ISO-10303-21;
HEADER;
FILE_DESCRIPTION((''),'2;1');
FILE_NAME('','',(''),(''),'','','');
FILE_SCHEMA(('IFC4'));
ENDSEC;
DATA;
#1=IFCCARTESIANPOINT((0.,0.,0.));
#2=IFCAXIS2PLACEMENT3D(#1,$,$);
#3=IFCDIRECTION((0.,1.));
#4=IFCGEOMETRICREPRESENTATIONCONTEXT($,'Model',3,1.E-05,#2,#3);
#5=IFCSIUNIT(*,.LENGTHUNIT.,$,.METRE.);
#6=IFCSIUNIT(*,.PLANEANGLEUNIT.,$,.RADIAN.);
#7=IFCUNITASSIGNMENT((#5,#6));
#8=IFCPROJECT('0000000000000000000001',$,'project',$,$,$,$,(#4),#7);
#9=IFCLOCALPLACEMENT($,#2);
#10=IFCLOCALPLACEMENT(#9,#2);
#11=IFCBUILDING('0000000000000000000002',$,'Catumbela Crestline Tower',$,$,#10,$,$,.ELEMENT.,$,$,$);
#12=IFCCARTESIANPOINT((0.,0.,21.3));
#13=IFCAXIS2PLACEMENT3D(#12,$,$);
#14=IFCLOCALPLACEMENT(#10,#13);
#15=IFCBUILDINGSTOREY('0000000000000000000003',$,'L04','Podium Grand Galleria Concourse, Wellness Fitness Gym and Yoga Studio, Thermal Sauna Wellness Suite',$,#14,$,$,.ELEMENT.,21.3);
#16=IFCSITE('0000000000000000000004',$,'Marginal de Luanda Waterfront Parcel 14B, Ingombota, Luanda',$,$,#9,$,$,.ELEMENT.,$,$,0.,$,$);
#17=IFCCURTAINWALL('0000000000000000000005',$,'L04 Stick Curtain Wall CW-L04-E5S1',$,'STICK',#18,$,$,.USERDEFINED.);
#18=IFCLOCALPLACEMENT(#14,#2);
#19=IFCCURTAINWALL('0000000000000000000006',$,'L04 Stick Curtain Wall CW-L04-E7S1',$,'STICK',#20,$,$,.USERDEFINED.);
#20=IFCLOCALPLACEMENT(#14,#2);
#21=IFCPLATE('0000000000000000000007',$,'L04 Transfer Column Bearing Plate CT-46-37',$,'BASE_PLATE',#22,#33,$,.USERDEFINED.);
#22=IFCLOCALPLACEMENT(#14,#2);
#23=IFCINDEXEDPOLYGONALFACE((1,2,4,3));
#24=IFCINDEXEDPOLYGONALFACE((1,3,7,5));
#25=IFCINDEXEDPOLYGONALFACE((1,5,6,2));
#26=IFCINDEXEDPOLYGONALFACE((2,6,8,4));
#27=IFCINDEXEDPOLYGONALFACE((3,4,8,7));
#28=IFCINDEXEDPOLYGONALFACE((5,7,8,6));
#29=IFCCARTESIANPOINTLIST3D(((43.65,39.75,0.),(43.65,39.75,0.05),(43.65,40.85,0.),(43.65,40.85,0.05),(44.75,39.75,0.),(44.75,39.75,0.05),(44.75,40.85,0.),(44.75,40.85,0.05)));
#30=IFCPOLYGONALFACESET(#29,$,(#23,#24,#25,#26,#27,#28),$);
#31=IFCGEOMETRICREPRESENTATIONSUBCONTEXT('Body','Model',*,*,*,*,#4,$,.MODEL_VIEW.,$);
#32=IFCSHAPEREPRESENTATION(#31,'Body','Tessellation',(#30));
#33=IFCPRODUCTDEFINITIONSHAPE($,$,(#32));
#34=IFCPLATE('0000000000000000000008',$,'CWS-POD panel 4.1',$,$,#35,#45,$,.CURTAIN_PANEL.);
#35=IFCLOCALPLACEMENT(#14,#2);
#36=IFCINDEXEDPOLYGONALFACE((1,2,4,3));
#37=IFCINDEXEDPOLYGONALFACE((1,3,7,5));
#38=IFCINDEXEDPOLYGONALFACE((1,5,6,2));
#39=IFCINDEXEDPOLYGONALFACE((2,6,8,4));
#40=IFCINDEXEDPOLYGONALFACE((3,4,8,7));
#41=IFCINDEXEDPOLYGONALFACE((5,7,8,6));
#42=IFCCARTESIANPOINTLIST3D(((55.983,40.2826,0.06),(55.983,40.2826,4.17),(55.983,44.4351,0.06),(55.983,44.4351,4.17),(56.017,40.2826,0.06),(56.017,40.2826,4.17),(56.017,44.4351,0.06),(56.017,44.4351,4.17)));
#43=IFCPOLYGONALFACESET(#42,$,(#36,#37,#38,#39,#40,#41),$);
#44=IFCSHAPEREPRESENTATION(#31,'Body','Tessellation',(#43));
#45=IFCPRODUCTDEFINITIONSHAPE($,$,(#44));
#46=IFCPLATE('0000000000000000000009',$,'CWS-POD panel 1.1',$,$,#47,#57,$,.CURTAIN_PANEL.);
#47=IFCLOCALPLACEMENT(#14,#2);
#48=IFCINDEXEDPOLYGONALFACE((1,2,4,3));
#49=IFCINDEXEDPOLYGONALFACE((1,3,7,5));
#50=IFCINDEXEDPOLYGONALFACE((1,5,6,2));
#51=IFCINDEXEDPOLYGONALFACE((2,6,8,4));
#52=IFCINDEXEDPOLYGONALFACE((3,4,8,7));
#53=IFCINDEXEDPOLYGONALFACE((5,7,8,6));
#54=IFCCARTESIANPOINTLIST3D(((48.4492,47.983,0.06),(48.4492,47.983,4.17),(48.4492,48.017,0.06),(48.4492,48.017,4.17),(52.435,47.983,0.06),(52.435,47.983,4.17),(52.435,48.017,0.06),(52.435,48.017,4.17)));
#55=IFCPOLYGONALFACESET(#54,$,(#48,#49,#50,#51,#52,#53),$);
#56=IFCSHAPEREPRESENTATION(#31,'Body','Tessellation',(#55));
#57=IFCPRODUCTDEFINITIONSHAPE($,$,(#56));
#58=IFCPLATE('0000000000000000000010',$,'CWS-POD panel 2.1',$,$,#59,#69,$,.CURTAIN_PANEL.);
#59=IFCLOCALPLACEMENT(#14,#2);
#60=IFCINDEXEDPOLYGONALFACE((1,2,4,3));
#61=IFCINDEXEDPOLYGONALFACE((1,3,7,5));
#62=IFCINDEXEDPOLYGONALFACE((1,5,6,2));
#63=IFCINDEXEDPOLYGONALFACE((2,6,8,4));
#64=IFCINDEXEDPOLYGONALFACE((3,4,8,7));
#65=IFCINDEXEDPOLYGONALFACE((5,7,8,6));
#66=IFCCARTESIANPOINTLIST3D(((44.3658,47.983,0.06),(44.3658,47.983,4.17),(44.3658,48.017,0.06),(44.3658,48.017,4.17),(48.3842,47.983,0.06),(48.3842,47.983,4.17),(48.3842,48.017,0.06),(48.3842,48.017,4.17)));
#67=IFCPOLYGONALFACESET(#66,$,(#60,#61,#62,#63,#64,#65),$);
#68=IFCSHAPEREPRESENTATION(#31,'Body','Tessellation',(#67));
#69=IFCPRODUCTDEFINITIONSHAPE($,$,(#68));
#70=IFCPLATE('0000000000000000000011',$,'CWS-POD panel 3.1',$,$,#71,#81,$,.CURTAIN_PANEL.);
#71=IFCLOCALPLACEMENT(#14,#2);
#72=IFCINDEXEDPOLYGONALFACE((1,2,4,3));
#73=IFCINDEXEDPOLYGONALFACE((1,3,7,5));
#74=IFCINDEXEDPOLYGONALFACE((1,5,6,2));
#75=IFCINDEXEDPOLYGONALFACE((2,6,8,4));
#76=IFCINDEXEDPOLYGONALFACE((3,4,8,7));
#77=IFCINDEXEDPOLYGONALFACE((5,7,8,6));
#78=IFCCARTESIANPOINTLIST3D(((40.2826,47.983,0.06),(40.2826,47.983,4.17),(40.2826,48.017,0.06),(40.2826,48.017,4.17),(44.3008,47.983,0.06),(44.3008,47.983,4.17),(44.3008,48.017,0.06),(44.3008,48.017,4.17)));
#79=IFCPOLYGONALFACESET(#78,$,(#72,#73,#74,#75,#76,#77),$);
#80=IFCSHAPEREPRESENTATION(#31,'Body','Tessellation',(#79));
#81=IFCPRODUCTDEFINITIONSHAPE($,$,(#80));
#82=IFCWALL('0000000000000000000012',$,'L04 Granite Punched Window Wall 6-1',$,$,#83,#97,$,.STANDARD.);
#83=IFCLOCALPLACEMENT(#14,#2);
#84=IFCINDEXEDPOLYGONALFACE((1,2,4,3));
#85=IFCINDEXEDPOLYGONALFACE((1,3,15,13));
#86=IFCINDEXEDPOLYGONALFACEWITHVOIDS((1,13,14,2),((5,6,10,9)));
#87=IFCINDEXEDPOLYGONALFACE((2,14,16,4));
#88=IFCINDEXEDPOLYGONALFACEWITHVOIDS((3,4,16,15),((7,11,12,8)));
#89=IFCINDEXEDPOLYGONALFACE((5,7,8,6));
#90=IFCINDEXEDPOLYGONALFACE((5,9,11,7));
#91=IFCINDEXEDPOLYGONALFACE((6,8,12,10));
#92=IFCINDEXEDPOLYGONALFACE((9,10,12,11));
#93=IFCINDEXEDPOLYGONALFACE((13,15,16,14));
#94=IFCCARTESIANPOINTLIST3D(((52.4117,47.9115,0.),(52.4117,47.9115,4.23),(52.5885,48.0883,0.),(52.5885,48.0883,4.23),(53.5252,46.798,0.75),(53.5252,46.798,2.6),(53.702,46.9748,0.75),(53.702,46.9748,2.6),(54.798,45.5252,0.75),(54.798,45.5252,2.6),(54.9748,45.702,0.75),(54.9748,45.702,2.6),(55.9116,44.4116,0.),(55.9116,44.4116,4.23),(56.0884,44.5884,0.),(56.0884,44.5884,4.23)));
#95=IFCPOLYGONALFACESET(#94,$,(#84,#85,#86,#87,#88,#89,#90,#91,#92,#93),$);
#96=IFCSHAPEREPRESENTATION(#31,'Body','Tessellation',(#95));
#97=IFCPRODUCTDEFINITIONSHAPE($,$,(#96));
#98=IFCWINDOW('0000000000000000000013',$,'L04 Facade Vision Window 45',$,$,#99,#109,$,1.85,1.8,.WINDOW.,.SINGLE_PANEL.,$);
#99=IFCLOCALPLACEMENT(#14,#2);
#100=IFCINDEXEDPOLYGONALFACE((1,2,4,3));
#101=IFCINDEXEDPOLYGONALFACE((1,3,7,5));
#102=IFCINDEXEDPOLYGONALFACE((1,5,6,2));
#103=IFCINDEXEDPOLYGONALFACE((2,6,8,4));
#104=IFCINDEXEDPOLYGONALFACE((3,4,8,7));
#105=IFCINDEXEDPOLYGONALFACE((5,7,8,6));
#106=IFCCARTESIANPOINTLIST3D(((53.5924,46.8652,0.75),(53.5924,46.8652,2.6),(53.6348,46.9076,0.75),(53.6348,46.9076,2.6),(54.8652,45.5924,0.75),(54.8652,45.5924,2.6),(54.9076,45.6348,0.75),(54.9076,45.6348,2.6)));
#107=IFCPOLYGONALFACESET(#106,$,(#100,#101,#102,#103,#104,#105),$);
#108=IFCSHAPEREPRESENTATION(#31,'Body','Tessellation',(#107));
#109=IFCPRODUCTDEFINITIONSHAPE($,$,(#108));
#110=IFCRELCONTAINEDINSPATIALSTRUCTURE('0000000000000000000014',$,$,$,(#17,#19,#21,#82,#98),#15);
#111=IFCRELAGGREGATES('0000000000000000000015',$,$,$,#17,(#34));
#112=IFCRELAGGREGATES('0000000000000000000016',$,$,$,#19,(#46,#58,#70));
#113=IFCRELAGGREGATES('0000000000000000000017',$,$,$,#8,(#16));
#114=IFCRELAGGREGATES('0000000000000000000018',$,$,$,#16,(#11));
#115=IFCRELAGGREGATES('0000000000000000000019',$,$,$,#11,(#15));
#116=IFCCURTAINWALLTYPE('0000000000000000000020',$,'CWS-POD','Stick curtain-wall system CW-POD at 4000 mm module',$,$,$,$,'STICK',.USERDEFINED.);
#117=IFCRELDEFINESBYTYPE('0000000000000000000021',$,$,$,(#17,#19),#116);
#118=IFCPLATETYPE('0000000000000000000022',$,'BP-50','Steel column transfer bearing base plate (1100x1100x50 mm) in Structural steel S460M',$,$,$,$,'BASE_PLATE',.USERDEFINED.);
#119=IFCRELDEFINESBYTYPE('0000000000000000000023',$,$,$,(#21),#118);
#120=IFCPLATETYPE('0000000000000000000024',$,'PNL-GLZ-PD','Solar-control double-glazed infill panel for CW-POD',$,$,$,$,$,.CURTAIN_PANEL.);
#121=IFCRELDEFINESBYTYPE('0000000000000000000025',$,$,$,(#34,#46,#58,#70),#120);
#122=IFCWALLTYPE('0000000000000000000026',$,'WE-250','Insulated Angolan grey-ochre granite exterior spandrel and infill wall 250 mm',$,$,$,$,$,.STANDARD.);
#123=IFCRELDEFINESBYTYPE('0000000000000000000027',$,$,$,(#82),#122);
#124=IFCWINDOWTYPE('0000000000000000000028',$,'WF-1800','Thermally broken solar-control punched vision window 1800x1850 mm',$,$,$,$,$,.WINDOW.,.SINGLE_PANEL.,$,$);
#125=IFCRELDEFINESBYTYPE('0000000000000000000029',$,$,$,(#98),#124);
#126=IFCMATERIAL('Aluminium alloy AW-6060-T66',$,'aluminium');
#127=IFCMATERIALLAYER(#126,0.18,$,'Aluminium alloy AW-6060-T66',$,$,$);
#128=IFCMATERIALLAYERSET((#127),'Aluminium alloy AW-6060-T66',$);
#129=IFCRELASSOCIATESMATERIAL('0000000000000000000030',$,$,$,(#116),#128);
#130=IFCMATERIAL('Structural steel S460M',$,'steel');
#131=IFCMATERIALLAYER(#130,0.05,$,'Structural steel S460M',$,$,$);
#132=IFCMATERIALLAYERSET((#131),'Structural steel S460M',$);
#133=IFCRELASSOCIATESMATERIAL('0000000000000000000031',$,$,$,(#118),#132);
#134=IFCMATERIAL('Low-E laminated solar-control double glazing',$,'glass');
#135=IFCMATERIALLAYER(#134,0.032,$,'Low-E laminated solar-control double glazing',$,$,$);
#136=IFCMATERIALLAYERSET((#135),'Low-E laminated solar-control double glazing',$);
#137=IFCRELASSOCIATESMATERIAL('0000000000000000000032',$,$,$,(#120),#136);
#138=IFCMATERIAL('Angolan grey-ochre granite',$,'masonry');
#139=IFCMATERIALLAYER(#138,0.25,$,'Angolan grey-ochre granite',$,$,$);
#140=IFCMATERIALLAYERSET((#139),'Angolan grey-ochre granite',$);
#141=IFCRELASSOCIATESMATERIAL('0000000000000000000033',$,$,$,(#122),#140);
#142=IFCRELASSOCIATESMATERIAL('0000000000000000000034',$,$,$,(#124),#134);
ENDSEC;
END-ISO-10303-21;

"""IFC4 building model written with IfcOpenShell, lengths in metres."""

from ifc_helpers import new_model, si_unit, direction, frame, frame_2d, origin, origin_2d, place, context, subcontext, project, spatial, rectangle, extrude, material, layer, layer_set, type_object, element, fill, aggregate, save


model = new_model("IFC4")

# Units and contexts
model_context = context("Model", 3, precision=1e-05, world=origin(), true_north=direction((0.0, 1.0)))
body_context = subcontext(model_context, "Body", "Model", "MODEL_VIEW")
ifc_project = project(units=[si_unit("LENGTHUNIT", "METRE"), si_unit("PLANEANGLEUNIT", "RADIAN")], contexts=[model_context])

# Site, building, storey
site_placement = place(None, origin())
site = spatial("IfcSite", under=ifc_project, at=site_placement, Name="Marginal de Luanda Waterfront Parcel 14B, Ingombota, Luanda", CompositionType="ELEMENT", RefElevation=0.0)
building_placement = place(site_placement, origin())
building = spatial("IfcBuilding", under=site, at=building_placement, Name="Catumbela Crestline Tower", CompositionType="ELEMENT")
storey_placement = place(building_placement, frame((0.0, 0.0, 21.3)))
storey = spatial("IfcBuildingStorey", under=building, at=storey_placement, Name="L04", Description="Podium Grand Galleria Concourse, Wellness Fitness Gym and Yoga Studio, Thermal Sauna Wellness Suite", CompositionType="ELEMENT", Elevation=21.3)

# Shared definitions
ifc_material_1 = material(Name="Structural steel S460M", Category="steel")

# Curtain wall
ifc_material_2 = material(Name="Aluminium alloy AW-6060-T66", Category="aluminium")
ifc_layer_1 = layer(ifc_material_2, 0.18, Name="Aluminium alloy AW-6060-T66")
ifc_layer_set_1 = layer_set([ifc_layer_1], Name="Aluminium alloy AW-6060-T66")
curtain_wall_type = type_object("IfcCurtainWallType", Name="CWS-POD", Description="Stick curtain-wall system CW-POD at 4000 mm module", ElementType="STICK", PredefinedType="USERDEFINED", material=ifc_layer_set_1)
curtain_wall_1_placement = place(storey_placement, origin())
curtain_wall_1 = element("IfcCurtainWall", 1, at=curtain_wall_1_placement, inside=storey, type_object=curtain_wall_type, Name="L04 Stick Curtain Wall CW-L04-E5S1", ObjectType="STICK", PredefinedType="USERDEFINED")

# Curtain wall
curtain_wall_2_placement = place(storey_placement, origin())
curtain_wall_2 = element("IfcCurtainWall", 2, at=curtain_wall_2_placement, inside=storey, type_object=curtain_wall_type, Name="L04 Stick Curtain Wall CW-L04-E7S1", ObjectType="STICK", PredefinedType="USERDEFINED")

# Plates
ifc_layer_2 = layer(ifc_material_1, 0.05, Name="Structural steel S460M")
ifc_layer_set_2 = layer_set([ifc_layer_2], Name="Structural steel S460M")
plate_type_1 = type_object("IfcPlateType", Name="BP-50", Description="Steel column transfer bearing base plate (1100x1100x50 mm) in Structural steel S460M", ElementType="BASE_PLATE", PredefinedType="USERDEFINED", material=ifc_layer_set_2)
plate_1_placement = place(storey_placement, frame((44.2, 40.3, 0.0), z_axis=(0.0, 0.0, 1.0), x_axis=(1.0, 0.0, 0.0)))
element("IfcPlate", 3, at=plate_1_placement, inside=storey, type_object=plate_type_1, Name="L04 Transfer Column Bearing Plate CT-46-37", ObjectType="BASE_PLATE", PredefinedType="USERDEFINED", context=body_context, shape_type="SweptSolid", body=[
    extrude(rectangle(XDim=1.1, YDim=1.1, at=origin_2d()), origin(), (0.0, 0.0, 1.0), 0.05),
])
ifc_material_3 = material(Name="Low-E laminated solar-control double glazing", Category="glass")
ifc_layer_3 = layer(ifc_material_3, 0.032, Name="Low-E laminated solar-control double glazing")
ifc_layer_set_3 = layer_set([ifc_layer_3], Name="Low-E laminated solar-control double glazing")
plate_type_2 = type_object("IfcPlateType", Name="PNL-GLZ-PD", Description="Solar-control double-glazed infill panel for CW-POD", PredefinedType="CURTAIN_PANEL", material=ifc_layer_set_3)
plate_2_placement = place(storey_placement, frame((56.0, 42.3588, 0.06), z_axis=(0.0, 0.0, 1.0), x_axis=(0.0, 1.0, 0.0)))
plate_2 = element("IfcPlate", 4, at=plate_2_placement, type_object=plate_type_2, Name="CWS-POD panel 4.1", PredefinedType="CURTAIN_PANEL", context=body_context, shape_type="SweptSolid", body=[
    extrude(rectangle(XDim=4.1525, YDim=0.034, at=origin_2d()), origin(), (0.0, 0.0, 1.0), 4.11),
])
aggregate(curtain_wall_1, [plate_2])
plate_3_placement = place(storey_placement, frame((50.4421, 48.0, 0.06), z_axis=(0.0, 0.0, 1.0), x_axis=(-1.0, 0.0, 0.0)))
plate_3 = element("IfcPlate", 5, at=plate_3_placement, type_object=plate_type_2, Name="CWS-POD panel 1.1", PredefinedType="CURTAIN_PANEL", context=body_context, shape_type="SweptSolid", body=[
    extrude(rectangle(XDim=3.9858, YDim=0.034, at=origin_2d()), origin(), (0.0, 0.0, 1.0), 4.11),
])
plate_4_placement = place(storey_placement, frame((46.375, 48.0, 0.06), z_axis=(0.0, 0.0, 1.0), x_axis=(-1.0, 0.0, 0.0)))
plate_4 = element("IfcPlate", 6, at=plate_4_placement, type_object=plate_type_2, Name="CWS-POD panel 2.1", PredefinedType="CURTAIN_PANEL", context=body_context, shape_type="SweptSolid", body=[
    extrude(rectangle(XDim=4.0183, YDim=0.034, at=origin_2d()), origin(), (0.0, 0.0, 1.0), 4.11),
])
plate_5_placement = place(storey_placement, frame((42.2917, 48.0, 0.06), z_axis=(0.0, 0.0, 1.0), x_axis=(-1.0, 0.0, 0.0)))
plate_5 = element("IfcPlate", 7, at=plate_5_placement, type_object=plate_type_2, Name="CWS-POD panel 3.1", PredefinedType="CURTAIN_PANEL", context=body_context, shape_type="SweptSolid", body=[
    extrude(rectangle(XDim=4.0183, YDim=0.034, at=origin_2d()), origin(), (0.0, 0.0, 1.0), 4.11),
])
aggregate(curtain_wall_2, [plate_3, plate_4, plate_5])

# Wall, opening, window
ifc_material_4 = material(Name="Angolan grey-ochre granite", Category="masonry")
ifc_layer_4 = layer(ifc_material_4, 0.25, Name="Angolan grey-ochre granite")
ifc_layer_set_4 = layer_set([ifc_layer_4], Name="Angolan grey-ochre granite")
wall_type = type_object("IfcWallType", Name="WE-250", Description="Insulated Angolan grey-ochre granite exterior spandrel and infill wall 250 mm", PredefinedType="STANDARD", material=ifc_layer_set_4)
wall_placement = place(storey_placement, frame((56.0, 44.5, 0.0), z_axis=(0.0, 0.0, 1.0), x_axis=(-0.707107, 0.707107, 0.0)))
wall = element("IfcWall", 8, at=wall_placement, inside=storey, type_object=wall_type, Name="L04 Granite Punched Window Wall 6-1", PredefinedType="STANDARD", context=body_context, shape_type="SweptSolid", body=[
    extrude(rectangle(XDim=4.9497, YDim=0.25, at=frame_2d((2.4748, 0.0))), origin(), (0.0, 0.0, 1.0), 4.23),
])
opening_placement = place(wall_placement, frame((1.5749, 0.0, 0.75)))
opening = element("IfcOpeningElement", 9, at=opening_placement, cuts=wall, PredefinedType="OPENING", context=body_context, shape_type="SweptSolid", body=[
    extrude(rectangle(XDim=1.8, YDim=1.85, at=frame_2d((0.9, 0.925))), frame((0.0, 0.135, 0.0), z_axis=(0.0, -1.0, 0.0), x_axis=(1.0, 0.0, 0.0)), (0.0, 0.0, 1.0), 0.27),
])
window_type = type_object("IfcWindowType", Name="WF-1800", Description="Thermally broken solar-control punched vision window 1800x1850 mm", PartitioningType="SINGLE_PANEL", PredefinedType="WINDOW", material=ifc_material_3)
window_placement = place(opening_placement, origin())
window = element("IfcWindow", 10, at=window_placement, inside=storey, type_object=window_type, Name="L04 Facade Vision Window 45", OverallHeight=1.85, OverallWidth=1.8, PartitioningType="SINGLE_PANEL", PredefinedType="WINDOW", context=body_context, shape_type="SweptSolid", body=[
    extrude(rectangle(XDim=1.8, YDim=1.85, at=frame_2d((0.9, 0.925))), frame((0.0, 0.03, 0.0), z_axis=(0.0, -1.0, 0.0), x_axis=(1.0, 0.0, 0.0)), (0.0, 0.0, 1.0), 0.06),
])
fill(opening, window)

save(model, "model.ifc")
